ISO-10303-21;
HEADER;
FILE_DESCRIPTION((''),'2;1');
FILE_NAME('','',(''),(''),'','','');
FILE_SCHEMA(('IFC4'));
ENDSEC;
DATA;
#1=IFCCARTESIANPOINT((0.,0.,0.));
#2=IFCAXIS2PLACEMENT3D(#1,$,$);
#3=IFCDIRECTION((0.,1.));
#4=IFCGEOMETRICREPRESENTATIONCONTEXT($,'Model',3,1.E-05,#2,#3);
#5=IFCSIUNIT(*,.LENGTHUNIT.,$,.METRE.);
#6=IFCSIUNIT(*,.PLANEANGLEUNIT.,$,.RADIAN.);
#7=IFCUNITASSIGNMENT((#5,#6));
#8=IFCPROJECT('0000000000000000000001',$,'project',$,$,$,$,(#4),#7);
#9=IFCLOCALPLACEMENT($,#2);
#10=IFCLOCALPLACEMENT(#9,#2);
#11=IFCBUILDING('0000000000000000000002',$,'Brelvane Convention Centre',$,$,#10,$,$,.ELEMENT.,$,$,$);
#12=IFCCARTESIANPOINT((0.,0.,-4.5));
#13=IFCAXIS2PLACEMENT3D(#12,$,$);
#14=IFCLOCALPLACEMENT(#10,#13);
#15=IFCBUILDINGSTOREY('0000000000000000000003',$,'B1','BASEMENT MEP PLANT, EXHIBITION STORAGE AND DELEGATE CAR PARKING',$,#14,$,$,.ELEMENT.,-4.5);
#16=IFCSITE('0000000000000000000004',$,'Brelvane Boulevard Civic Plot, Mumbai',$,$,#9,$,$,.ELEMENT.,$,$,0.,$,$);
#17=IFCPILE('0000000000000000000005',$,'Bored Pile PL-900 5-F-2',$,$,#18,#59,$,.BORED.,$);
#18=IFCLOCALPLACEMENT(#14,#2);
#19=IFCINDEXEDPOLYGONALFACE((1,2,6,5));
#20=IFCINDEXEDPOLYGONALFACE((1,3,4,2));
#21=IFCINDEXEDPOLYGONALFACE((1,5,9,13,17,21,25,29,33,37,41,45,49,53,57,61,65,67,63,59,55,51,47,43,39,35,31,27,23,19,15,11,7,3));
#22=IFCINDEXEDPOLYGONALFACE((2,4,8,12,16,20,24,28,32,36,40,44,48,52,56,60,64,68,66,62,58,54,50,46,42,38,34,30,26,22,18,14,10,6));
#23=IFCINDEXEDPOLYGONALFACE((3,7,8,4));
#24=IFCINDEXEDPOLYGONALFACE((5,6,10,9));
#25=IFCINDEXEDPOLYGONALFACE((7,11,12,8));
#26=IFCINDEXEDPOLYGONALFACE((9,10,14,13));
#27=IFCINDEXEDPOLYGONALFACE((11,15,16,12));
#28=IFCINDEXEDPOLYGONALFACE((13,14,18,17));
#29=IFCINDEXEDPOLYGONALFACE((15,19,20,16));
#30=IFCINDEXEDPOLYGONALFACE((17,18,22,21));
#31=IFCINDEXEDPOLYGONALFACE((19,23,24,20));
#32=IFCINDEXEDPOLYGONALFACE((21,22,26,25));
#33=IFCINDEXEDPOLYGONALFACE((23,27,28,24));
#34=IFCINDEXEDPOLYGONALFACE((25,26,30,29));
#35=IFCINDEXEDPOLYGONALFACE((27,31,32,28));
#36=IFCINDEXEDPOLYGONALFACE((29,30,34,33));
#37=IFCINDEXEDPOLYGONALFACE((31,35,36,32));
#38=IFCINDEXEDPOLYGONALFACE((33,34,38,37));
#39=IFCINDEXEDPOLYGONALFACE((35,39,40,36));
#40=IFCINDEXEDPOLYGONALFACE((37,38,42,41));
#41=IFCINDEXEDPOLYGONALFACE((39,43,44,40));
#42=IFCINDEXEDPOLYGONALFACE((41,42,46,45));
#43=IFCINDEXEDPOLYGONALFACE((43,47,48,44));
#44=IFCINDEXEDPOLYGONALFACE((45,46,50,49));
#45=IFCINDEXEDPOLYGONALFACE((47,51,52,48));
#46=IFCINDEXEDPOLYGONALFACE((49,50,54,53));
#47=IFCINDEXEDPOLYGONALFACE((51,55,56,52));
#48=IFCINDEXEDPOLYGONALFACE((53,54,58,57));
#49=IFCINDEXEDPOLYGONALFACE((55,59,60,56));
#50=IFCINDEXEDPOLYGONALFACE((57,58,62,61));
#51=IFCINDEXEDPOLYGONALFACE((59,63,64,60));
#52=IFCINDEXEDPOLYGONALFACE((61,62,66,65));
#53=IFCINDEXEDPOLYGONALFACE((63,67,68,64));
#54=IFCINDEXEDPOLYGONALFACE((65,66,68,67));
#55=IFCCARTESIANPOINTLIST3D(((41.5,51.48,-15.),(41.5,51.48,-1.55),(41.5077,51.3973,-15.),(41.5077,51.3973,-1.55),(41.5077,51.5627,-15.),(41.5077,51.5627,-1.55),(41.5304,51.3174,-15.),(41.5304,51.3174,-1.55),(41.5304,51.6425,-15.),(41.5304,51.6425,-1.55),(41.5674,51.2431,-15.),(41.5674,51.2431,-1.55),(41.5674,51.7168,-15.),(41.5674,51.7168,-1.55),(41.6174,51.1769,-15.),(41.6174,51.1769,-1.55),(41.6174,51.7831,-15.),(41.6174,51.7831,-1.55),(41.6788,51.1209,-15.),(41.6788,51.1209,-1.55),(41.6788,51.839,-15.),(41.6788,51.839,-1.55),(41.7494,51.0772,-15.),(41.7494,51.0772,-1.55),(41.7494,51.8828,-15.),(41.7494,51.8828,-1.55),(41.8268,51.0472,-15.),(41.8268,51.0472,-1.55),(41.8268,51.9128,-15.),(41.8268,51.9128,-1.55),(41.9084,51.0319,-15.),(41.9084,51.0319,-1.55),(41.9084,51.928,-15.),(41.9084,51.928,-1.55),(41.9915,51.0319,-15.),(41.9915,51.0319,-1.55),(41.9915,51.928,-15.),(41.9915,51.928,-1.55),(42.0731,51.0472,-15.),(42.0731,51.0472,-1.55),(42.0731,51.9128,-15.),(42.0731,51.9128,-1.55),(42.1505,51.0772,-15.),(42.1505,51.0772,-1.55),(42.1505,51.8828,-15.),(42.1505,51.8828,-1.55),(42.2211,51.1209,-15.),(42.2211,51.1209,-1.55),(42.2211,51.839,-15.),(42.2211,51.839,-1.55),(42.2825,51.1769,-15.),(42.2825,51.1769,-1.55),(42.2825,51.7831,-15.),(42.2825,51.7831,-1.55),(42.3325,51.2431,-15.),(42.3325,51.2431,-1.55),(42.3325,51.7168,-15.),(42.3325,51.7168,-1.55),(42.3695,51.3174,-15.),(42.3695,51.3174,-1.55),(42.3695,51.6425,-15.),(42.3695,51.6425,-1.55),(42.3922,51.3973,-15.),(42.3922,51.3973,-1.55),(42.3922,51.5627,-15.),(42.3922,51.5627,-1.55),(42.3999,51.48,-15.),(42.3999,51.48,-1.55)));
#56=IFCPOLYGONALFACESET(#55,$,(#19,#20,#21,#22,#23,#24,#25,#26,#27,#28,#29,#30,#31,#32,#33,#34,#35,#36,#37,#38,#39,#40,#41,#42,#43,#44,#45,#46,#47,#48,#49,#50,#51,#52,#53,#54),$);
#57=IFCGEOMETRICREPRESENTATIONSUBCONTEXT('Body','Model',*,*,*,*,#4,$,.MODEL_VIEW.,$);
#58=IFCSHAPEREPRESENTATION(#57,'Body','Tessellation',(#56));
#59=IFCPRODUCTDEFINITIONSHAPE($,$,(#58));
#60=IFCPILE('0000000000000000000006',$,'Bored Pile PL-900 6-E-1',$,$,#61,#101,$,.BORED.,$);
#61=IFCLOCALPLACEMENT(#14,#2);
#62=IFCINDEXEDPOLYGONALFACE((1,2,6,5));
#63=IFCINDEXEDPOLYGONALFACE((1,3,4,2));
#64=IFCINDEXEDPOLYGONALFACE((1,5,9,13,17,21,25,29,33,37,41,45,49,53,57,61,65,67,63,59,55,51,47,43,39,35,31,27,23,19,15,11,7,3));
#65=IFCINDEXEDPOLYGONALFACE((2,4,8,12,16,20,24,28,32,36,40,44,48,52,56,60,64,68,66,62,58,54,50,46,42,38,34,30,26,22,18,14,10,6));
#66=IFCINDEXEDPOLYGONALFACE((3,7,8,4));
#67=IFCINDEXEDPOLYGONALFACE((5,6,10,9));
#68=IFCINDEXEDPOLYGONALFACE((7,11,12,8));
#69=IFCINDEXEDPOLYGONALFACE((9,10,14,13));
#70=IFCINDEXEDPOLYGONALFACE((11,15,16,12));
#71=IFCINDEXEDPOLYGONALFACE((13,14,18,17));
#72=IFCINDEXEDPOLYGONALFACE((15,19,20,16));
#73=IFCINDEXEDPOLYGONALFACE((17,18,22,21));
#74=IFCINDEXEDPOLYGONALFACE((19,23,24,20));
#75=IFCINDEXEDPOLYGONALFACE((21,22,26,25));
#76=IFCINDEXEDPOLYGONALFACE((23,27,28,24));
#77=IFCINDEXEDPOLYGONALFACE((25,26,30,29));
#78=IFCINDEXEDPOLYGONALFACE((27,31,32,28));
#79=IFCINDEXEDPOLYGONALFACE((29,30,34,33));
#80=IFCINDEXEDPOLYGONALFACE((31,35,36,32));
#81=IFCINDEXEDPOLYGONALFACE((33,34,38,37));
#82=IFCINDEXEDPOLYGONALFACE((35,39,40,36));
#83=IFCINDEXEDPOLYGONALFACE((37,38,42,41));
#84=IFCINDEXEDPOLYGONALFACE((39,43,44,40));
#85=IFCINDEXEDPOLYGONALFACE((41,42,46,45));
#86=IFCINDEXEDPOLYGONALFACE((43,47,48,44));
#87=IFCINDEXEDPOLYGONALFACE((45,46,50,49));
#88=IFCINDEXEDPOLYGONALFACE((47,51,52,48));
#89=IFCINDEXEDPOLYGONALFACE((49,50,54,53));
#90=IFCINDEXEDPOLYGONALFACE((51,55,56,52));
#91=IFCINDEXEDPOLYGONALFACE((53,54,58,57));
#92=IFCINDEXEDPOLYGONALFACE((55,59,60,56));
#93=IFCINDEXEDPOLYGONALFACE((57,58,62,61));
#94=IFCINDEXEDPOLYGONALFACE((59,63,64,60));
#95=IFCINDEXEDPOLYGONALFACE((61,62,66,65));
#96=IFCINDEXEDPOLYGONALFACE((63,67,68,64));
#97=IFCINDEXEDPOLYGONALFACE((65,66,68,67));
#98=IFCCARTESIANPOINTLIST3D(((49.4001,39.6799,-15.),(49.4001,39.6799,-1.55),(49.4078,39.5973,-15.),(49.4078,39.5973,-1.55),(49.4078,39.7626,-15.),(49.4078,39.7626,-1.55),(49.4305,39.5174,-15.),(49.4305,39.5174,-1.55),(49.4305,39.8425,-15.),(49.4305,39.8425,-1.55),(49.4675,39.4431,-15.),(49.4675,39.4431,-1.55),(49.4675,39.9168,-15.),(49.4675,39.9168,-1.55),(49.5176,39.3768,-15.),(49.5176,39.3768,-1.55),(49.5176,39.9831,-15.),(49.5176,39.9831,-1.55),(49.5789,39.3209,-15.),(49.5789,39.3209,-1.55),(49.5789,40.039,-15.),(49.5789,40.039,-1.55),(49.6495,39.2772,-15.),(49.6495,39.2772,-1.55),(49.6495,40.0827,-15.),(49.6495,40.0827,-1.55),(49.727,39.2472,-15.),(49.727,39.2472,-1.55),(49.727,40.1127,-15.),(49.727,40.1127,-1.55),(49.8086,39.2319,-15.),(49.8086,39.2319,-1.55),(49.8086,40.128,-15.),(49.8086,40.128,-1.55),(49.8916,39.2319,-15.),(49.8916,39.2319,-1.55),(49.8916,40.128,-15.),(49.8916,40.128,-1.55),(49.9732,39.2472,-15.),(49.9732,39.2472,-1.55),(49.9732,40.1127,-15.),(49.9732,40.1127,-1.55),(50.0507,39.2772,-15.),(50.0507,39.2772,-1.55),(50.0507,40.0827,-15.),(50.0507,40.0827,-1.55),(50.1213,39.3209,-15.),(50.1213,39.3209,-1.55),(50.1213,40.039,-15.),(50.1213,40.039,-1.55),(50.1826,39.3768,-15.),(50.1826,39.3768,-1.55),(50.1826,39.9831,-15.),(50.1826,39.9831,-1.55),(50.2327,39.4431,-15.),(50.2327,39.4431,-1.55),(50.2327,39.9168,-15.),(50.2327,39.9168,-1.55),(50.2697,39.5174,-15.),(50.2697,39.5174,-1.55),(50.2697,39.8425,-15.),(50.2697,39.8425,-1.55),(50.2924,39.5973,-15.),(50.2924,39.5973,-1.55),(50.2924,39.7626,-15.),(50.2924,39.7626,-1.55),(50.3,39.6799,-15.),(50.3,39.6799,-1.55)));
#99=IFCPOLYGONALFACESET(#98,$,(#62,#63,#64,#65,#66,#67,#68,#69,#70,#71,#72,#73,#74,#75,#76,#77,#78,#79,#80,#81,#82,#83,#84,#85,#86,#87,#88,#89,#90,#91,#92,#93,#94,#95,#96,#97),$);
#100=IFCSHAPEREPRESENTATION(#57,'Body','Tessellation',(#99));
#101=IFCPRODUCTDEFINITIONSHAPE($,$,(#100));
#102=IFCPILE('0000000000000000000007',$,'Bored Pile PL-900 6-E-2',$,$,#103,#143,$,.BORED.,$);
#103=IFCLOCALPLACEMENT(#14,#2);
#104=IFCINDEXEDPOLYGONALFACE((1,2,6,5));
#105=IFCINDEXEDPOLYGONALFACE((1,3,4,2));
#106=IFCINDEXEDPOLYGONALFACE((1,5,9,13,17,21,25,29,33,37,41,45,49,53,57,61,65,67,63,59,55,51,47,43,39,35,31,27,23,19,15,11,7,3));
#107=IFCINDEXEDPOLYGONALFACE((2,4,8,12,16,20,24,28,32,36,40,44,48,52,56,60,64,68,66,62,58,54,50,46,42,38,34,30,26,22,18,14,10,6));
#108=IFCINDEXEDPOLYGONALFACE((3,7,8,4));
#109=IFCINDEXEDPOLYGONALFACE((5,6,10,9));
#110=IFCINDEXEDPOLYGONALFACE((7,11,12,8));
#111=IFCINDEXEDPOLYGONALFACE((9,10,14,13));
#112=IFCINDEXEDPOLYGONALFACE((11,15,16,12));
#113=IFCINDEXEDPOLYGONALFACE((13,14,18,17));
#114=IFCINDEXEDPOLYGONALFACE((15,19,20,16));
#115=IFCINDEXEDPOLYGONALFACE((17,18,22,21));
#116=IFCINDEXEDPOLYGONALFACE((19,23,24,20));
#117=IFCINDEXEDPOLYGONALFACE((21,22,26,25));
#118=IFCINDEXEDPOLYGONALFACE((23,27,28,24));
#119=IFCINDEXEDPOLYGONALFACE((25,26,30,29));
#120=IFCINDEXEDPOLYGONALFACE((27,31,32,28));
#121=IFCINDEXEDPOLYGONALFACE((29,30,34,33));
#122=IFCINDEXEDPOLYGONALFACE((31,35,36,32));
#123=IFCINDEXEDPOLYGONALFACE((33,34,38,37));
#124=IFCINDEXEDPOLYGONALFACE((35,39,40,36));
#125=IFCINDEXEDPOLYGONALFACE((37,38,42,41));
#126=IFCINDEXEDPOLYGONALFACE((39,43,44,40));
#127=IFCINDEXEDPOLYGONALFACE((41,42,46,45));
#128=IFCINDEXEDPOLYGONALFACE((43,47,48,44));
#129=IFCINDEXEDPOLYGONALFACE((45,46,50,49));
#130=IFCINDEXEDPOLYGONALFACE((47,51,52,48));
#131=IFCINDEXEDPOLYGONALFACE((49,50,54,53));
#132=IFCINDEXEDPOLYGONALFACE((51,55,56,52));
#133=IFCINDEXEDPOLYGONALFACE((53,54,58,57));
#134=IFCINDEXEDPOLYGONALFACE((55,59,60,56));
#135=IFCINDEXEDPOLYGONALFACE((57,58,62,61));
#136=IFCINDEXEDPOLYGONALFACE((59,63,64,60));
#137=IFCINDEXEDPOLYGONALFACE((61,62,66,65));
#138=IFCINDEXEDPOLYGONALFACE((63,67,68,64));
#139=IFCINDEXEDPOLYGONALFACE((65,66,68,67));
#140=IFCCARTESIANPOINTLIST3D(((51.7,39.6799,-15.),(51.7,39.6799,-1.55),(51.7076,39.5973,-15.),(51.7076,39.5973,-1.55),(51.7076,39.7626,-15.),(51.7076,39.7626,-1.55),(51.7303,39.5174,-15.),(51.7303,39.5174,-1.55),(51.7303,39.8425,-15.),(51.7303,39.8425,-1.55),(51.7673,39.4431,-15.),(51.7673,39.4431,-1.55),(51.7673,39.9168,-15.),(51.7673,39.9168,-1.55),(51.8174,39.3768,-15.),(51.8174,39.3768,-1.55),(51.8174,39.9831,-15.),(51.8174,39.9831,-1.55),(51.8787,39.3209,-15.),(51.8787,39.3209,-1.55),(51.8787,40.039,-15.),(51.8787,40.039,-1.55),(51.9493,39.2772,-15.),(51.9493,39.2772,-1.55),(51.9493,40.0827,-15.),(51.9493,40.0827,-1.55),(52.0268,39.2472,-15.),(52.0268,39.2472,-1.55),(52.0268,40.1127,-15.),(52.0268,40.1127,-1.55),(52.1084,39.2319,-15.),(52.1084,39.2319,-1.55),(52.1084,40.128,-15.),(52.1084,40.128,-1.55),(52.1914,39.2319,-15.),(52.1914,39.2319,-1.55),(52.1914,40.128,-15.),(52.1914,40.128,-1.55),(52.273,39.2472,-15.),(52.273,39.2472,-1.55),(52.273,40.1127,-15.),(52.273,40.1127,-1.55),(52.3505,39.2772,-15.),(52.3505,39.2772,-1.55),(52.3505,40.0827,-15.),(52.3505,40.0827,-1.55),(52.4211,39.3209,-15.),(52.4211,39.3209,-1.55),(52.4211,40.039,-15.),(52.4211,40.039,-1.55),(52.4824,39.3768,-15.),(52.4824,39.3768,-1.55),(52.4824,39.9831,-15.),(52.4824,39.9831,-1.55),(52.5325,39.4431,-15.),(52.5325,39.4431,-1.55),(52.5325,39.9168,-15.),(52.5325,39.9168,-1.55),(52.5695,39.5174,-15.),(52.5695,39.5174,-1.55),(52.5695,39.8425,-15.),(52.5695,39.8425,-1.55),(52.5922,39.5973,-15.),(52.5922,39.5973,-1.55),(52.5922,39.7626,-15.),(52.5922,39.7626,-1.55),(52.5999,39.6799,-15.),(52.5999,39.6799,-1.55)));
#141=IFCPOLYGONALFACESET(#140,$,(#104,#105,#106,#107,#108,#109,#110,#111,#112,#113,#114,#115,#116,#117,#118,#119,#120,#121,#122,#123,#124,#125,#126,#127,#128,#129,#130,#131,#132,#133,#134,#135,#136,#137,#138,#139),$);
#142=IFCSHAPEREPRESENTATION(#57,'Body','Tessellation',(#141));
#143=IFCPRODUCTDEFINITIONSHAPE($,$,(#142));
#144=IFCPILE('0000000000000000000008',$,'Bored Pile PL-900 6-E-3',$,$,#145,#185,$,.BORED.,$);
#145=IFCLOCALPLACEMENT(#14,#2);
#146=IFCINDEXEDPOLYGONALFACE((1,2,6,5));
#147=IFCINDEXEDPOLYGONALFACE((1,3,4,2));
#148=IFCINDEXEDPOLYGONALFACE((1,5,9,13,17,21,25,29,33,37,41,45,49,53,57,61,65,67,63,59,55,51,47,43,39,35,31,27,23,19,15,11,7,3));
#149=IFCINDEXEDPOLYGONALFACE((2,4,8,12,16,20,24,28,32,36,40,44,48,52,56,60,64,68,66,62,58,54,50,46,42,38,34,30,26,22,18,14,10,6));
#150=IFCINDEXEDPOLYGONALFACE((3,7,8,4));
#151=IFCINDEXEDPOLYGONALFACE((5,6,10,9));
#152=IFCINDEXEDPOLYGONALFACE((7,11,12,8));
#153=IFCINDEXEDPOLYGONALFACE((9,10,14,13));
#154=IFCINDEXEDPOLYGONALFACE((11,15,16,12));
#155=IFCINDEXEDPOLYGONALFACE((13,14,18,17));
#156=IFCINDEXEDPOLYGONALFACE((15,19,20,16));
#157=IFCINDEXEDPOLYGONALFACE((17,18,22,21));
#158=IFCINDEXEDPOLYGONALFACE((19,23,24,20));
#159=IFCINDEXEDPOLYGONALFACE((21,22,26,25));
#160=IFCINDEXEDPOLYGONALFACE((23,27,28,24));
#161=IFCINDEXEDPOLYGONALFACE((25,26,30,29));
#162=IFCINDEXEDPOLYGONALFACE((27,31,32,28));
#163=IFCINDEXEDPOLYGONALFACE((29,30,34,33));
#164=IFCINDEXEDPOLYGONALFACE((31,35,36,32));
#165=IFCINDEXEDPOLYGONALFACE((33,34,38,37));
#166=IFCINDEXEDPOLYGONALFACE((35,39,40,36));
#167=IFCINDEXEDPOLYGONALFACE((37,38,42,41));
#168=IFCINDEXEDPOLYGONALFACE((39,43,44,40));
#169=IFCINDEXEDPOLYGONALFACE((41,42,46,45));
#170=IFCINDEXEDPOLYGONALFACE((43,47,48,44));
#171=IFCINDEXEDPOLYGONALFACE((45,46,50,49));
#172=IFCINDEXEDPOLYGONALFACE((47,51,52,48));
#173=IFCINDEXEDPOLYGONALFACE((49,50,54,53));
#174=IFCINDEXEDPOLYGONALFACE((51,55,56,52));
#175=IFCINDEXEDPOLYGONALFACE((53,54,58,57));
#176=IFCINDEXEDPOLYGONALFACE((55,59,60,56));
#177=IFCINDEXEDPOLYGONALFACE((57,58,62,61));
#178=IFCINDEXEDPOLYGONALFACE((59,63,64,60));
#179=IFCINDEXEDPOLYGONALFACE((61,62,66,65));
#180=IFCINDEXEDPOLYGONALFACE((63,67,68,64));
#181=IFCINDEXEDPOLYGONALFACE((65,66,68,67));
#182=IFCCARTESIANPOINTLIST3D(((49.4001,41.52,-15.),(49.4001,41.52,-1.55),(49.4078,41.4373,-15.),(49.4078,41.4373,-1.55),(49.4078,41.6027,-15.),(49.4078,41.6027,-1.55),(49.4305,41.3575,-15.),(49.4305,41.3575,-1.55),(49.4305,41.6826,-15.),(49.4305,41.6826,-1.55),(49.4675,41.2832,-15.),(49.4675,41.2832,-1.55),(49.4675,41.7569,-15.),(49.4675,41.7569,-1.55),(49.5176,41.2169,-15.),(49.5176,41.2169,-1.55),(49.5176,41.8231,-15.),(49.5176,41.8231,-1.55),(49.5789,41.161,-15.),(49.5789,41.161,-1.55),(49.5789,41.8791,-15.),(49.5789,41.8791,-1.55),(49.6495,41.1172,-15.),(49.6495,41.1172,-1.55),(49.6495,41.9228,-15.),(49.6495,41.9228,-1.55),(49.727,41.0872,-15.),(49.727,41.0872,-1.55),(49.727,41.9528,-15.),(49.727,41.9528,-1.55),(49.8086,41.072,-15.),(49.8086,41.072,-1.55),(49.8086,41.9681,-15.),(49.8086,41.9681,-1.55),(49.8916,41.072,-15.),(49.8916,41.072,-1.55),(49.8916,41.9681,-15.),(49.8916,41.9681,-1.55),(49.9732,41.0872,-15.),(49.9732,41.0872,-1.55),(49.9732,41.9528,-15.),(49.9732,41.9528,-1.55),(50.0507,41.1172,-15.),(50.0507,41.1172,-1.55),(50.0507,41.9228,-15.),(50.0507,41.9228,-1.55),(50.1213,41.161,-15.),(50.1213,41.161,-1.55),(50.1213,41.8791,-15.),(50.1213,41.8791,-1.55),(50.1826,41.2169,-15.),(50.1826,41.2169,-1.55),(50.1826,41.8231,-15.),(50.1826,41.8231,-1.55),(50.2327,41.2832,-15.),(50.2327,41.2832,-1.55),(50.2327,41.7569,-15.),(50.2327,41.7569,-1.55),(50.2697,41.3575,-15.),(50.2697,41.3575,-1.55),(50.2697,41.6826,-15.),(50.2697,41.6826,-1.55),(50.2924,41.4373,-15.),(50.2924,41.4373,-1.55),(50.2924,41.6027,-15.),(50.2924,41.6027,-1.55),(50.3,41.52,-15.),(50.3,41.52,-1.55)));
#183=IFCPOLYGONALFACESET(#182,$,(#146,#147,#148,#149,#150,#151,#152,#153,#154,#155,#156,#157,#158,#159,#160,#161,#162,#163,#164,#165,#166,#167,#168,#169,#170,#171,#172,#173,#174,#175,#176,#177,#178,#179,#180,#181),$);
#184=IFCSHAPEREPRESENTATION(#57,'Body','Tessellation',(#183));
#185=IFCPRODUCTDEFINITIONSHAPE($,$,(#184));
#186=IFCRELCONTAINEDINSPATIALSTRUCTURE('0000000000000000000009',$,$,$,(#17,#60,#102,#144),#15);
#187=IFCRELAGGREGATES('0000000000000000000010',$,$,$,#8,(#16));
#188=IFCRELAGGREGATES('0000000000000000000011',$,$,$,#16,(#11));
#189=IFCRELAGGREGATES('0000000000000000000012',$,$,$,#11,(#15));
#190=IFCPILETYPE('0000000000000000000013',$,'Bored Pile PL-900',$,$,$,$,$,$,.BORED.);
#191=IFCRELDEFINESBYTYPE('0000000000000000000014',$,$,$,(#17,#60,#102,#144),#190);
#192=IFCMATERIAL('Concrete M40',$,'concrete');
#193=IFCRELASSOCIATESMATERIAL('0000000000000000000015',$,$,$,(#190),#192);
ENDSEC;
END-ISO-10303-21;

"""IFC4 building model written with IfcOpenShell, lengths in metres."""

from ifc_helpers import new_model, si_unit, direction, frame, origin, origin_2d, place, context, subcontext, project, spatial, circle, extrude, material, material_profile, profile_set, type_object, element, save


model = new_model("IFC4")

# Units and contexts
model_context = context("Model", 3, precision=1e-05, world=origin(), true_north=direction((0.0, 1.0)))
body_context = subcontext(model_context, "Body", "Model", "MODEL_VIEW")
ifc_project = project(units=[si_unit("LENGTHUNIT", "METRE"), si_unit("PLANEANGLEUNIT", "RADIAN")], contexts=[model_context])

# Site, building, storey
site_placement = place(None, origin())
site = spatial("IfcSite", under=ifc_project, at=site_placement, Name="Brelvane Boulevard Civic Plot, Mumbai", CompositionType="ELEMENT", RefElevation=0.0)
building_placement = place(site_placement, origin())
building = spatial("IfcBuilding", under=site, at=building_placement, Name="Brelvane Convention Centre", CompositionType="ELEMENT")
storey_placement = place(building_placement, frame((0.0, 0.0, -4.5)))
storey = spatial("IfcBuildingStorey", under=building, at=storey_placement, Name="B1", Description="BASEMENT MEP PLANT, EXHIBITION STORAGE AND DELEGATE CAR PARKING", CompositionType="ELEMENT", Elevation=-4.5)

# Piles
ifc_material_1 = material(Name="Concrete M40", Category="concrete")
ifc_material_profile_1 = material_profile(ifc_material_1, circle(Radius=0.45, at=origin_2d()), Name="PILE D900")
ifc_profile_set_1 = profile_set([ifc_material_profile_1], Name="Concrete M40")
pile_type = type_object("IfcPileType", Name="Bored Pile PL-900", PredefinedType="BORED", material=ifc_profile_set_1)
for number, where, z_axis, x_axis, name in (
    (1, (41.95, 51.48, -1.55), (0.0, 0.0, -1.0), (1.0, 0.0, 0.0), "Bored Pile PL-900 5-F-2"),
    (2, (49.8501, 39.6799, -1.55), (0.0, 0.0, -1.0), (1.0, 0.0, 0.0), "Bored Pile PL-900 6-E-1"),
    (3, (52.1499, 39.6799, -1.55), (0.0, 0.0, -1.0), (1.0, 0.0, 0.0), "Bored Pile PL-900 6-E-2"),
    (4, (49.8501, 41.52, -1.55), (0.0, 0.0, -1.0), (1.0, 0.0, 0.0), "Bored Pile PL-900 6-E-3"),
):
    element("IfcPile", number, at=place(storey_placement, frame(where, z_axis=z_axis, x_axis=x_axis)), inside=storey, type_object=pile_type, Name=name, PredefinedType="BORED", context=body_context, shape_type="SweptSolid", body=[
        extrude(circle(Radius=0.45, at=origin_2d()), origin(), (0.0, 0.0, 1.0), 13.45),
    ])

save(model, "model.ifc")
